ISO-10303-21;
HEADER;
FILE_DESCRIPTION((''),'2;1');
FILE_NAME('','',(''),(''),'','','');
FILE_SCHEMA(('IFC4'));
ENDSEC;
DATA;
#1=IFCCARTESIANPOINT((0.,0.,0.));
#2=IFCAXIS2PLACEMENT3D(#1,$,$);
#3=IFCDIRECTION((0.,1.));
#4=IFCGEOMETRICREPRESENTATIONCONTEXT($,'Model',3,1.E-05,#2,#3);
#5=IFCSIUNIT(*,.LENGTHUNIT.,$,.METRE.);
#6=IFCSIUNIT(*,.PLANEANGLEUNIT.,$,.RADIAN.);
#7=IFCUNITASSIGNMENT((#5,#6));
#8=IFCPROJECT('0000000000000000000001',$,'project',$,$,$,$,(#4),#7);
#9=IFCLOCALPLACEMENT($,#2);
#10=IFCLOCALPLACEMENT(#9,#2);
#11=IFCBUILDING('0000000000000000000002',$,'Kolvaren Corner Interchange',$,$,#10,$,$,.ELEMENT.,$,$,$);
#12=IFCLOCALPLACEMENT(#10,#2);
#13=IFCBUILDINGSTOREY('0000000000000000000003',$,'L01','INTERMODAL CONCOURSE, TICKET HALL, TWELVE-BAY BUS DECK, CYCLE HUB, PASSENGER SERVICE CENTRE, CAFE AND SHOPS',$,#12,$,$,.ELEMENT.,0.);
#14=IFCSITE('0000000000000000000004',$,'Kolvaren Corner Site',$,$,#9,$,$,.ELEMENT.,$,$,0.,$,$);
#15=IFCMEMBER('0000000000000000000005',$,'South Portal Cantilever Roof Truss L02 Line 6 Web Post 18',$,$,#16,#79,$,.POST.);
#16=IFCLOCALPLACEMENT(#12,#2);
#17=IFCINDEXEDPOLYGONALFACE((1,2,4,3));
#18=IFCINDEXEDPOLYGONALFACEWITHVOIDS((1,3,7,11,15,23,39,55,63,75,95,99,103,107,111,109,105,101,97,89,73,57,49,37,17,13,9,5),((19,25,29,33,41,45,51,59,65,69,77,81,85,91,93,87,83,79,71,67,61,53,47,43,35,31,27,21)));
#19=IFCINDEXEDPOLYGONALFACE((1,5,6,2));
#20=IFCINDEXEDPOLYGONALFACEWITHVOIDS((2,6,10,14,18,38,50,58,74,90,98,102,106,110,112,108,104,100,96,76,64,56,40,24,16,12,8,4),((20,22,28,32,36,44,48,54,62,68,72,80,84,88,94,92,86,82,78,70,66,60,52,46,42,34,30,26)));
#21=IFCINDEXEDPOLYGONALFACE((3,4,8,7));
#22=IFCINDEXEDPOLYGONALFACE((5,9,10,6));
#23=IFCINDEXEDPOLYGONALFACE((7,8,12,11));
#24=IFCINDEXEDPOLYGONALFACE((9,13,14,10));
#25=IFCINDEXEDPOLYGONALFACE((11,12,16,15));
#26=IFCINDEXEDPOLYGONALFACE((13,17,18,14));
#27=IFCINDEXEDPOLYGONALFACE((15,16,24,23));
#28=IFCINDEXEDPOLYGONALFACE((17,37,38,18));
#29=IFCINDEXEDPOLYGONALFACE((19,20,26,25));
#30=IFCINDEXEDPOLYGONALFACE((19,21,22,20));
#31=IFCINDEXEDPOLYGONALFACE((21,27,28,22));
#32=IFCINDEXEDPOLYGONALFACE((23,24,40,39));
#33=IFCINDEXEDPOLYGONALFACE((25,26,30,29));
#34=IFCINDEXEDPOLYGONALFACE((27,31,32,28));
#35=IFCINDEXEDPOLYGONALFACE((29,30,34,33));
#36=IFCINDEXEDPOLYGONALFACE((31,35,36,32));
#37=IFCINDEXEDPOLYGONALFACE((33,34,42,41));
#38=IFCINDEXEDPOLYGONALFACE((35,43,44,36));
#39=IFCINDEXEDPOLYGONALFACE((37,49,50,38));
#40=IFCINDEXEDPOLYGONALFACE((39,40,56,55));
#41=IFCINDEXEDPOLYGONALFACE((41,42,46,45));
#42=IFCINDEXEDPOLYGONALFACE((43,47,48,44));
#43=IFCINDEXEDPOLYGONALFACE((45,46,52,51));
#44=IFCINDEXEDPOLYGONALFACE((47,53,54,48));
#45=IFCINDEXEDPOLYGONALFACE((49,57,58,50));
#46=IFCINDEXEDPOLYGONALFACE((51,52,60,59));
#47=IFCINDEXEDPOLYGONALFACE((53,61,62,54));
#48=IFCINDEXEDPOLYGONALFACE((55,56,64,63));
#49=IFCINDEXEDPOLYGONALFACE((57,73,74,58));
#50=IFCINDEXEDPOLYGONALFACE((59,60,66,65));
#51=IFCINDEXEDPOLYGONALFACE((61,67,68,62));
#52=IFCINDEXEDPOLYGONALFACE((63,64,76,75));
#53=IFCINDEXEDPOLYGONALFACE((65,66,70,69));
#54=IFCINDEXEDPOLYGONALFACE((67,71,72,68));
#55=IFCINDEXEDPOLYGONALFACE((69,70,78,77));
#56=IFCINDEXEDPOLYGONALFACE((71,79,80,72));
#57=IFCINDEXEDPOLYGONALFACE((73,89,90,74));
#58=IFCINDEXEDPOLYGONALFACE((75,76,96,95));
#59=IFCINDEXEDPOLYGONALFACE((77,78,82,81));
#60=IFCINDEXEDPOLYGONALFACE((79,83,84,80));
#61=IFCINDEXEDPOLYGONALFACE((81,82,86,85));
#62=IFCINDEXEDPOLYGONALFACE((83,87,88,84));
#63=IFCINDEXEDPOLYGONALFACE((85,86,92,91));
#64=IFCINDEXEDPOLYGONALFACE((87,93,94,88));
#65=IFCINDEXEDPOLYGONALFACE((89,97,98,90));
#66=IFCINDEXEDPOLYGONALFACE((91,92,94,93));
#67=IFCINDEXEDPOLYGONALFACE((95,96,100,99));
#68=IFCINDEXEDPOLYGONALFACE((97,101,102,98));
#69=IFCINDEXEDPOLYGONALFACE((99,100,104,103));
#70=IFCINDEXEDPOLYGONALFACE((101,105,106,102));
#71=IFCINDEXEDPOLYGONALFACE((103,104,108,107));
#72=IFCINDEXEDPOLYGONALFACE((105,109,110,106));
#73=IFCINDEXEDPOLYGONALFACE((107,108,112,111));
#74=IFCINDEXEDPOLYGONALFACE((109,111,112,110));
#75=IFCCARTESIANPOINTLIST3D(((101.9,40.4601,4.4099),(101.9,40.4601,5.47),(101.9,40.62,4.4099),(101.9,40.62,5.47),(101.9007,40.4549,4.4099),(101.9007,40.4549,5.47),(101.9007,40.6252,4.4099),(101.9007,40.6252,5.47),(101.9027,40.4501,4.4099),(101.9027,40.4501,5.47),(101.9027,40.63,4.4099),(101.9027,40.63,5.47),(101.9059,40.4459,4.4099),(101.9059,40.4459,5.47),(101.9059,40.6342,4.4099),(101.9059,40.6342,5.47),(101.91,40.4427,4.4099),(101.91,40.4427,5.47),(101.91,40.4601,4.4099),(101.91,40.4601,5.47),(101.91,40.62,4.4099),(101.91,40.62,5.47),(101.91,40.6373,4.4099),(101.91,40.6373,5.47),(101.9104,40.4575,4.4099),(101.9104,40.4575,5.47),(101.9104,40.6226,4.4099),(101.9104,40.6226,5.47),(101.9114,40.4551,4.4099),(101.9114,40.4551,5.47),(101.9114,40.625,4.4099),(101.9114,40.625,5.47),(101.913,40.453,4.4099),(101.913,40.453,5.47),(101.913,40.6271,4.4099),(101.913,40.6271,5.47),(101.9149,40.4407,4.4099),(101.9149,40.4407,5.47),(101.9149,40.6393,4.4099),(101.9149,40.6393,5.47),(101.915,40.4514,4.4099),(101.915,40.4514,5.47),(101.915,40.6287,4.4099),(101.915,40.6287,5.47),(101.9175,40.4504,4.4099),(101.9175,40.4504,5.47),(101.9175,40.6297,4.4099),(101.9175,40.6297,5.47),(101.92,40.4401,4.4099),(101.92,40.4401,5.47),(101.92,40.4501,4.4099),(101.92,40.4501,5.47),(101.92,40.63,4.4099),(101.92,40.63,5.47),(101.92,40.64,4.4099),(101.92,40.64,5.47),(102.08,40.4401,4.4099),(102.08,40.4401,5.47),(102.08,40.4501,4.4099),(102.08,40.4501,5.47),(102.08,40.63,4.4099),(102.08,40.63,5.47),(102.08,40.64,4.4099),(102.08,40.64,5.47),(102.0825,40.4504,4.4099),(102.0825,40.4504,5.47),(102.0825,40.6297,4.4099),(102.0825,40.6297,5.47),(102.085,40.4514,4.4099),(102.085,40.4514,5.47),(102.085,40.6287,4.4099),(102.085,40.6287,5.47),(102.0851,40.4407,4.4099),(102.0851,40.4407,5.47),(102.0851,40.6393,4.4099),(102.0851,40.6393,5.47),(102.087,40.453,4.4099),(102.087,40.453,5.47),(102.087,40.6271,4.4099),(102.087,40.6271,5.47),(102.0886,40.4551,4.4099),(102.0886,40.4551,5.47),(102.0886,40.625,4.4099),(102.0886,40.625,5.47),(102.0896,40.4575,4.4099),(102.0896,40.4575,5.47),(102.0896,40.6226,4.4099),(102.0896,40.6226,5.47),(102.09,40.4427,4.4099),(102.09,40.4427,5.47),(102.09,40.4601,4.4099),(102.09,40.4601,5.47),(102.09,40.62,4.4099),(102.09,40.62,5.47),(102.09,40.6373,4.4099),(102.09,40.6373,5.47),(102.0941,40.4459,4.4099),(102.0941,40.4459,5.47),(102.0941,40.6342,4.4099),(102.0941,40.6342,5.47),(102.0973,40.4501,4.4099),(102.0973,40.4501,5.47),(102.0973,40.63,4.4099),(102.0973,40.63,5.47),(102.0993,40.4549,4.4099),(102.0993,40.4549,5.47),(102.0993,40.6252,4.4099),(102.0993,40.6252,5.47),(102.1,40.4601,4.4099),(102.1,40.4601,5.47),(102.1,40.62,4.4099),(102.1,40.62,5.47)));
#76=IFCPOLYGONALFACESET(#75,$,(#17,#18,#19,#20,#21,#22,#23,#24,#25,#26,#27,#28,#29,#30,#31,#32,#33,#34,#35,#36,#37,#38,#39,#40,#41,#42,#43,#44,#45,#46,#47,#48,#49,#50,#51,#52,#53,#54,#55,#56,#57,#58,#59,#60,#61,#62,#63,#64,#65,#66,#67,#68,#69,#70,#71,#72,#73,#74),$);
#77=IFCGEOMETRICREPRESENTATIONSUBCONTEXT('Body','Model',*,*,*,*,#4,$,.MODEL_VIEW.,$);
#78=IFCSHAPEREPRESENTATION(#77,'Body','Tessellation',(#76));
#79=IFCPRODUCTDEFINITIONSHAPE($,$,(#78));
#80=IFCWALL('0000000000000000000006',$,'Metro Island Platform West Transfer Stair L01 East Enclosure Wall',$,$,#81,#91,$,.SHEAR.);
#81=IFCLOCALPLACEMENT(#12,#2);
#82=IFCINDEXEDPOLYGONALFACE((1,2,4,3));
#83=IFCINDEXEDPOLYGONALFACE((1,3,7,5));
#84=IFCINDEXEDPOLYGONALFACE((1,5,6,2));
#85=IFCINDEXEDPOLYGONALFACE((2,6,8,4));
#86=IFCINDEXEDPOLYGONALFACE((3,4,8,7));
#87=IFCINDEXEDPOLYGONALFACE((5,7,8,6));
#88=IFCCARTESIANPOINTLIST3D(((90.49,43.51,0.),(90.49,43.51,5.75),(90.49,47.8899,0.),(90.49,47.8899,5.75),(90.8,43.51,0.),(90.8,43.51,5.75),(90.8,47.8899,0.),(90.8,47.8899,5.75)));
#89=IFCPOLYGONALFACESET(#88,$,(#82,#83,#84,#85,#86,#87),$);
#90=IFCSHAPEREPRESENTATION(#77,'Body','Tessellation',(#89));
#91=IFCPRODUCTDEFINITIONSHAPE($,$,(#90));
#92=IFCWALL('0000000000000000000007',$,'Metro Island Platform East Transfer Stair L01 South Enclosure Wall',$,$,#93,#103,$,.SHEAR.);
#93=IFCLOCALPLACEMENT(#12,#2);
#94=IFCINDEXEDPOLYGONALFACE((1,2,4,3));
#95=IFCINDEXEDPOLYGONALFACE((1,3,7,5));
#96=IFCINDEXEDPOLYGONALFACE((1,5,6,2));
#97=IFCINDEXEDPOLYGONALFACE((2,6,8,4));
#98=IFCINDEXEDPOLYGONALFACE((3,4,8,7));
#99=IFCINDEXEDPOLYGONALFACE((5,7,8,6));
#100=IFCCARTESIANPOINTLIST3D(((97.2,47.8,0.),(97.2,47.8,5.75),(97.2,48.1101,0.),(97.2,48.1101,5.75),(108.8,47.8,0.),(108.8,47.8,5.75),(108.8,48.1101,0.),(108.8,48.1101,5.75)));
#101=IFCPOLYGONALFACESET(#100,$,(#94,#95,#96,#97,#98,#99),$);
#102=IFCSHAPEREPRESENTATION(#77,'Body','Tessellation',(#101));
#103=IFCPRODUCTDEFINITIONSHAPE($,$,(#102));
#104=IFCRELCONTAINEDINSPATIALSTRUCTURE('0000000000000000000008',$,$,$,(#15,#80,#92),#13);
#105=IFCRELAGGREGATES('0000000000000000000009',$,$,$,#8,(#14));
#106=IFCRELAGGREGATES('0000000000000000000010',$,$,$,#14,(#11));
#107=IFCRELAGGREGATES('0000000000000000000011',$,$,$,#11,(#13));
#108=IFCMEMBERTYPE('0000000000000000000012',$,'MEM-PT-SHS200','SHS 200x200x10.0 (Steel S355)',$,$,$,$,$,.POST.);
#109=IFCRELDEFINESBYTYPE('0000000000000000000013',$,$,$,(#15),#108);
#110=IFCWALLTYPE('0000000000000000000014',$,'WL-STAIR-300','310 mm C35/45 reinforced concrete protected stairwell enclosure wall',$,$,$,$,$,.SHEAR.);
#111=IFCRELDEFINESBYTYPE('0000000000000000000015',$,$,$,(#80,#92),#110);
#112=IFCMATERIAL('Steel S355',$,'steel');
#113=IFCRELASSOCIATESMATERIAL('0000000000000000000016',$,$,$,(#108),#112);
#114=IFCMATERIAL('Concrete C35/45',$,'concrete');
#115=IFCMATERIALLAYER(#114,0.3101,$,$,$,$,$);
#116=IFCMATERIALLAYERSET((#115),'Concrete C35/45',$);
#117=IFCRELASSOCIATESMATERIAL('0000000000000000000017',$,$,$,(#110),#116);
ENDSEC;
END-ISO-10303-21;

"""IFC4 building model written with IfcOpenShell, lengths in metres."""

from ifc_helpers import new_model, si_unit, direction, frame, frame_2d, origin, origin_2d, place, context, subcontext, project, spatial, rectangle, hollow_rectangle, extrude, material, layer, layer_set, material_profile, profile_set, type_object, element, save


model = new_model("IFC4")

# Units and contexts
model_context = context("Model", 3, precision=1e-05, world=origin(), true_north=direction((0.0, 1.0)))
body_context = subcontext(model_context, "Body", "Model", "MODEL_VIEW")
ifc_project = project(units=[si_unit("LENGTHUNIT", "METRE"), si_unit("PLANEANGLEUNIT", "RADIAN")], contexts=[model_context])

# Site, building, storey
site_placement = place(None, origin())
site = spatial("IfcSite", under=ifc_project, at=site_placement, Name="Kolvaren Corner Site", CompositionType="ELEMENT", RefElevation=0.0)
building_placement = place(site_placement, origin())
building = spatial("IfcBuilding", under=site, at=building_placement, Name="Kolvaren Corner Interchange", CompositionType="ELEMENT")
storey_placement = place(building_placement, origin())
storey = spatial("IfcBuildingStorey", under=building, at=storey_placement, Name="L01", Description="INTERMODAL CONCOURSE, TICKET HALL, TWELVE-BAY BUS DECK, CYCLE HUB, PASSENGER SERVICE CENTRE, CAFE AND SHOPS", CompositionType="ELEMENT", Elevation=0.0)

# Member
ifc_material_1 = material(Name="Steel S355", Category="steel")
ifc_material_profile_1 = material_profile(ifc_material_1, hollow_rectangle(XDim=0.2, YDim=0.2, WallThickness=0.01, InnerFilletRadius=0.01, OuterFilletRadius=0.02, at=origin_2d()), Name="SHS 200x200x10.0")
ifc_profile_set_1 = profile_set([ifc_material_profile_1], Name="Steel S355")
member_type_1 = type_object("IfcMemberType", Name="MEM-PT-SHS200", Description="SHS 200x200x10.0 (Steel S355)", PredefinedType="POST", material=ifc_profile_set_1)
for number, where, z_axis, x_axis, name in (
    (1, (102.0, 40.54, 4.4099), (0.0, 0.0, 1.0), (1.0, 0.0, 0.0), "South Portal Cantilever Roof Truss L02 Line 6 Web Post 18"),
):
    element("IfcMember", number, at=place(storey_placement, frame(where, z_axis=z_axis, x_axis=x_axis)), inside=storey, type_object=member_type_1, Name=name, PredefinedType="POST", context=body_context, shape_type="SweptSolid", body=[
        extrude(hollow_rectangle(XDim=0.2, YDim=0.2, WallThickness=0.01, InnerFilletRadius=0.01, OuterFilletRadius=0.02, at=origin_2d()), origin(), (0.0, 0.0, 1.0), 1.0601),
    ])

# Walls
ifc_material_2 = material(Name="Concrete C35/45", Category="concrete")
ifc_layer = layer(ifc_material_2, 0.3101)
ifc_layer_set = layer_set([ifc_layer], Name="Concrete C35/45")
wall_type = type_object("IfcWallType", Name="WL-STAIR-300", Description="310 mm C35/45 reinforced concrete protected stairwell enclosure wall", PredefinedType="SHEAR", material=ifc_layer_set)
wall_1_placement = place(storey_placement, frame((90.645, 43.51, 0.0), z_axis=(0.0, 0.0, 1.0), x_axis=(0.0, 1.0, 0.0)))
element("IfcWall", 2, at=wall_1_placement, inside=storey, type_object=wall_type, Name="Metro Island Platform West Transfer Stair L01 East Enclosure Wall", PredefinedType="SHEAR", context=body_context, shape_type="SweptSolid", body=[
    extrude(rectangle(XDim=4.3799, YDim=0.3101, at=frame_2d((2.1899, 0.0))), origin(), (0.0, 0.0, 1.0), 5.75),
])
wall_2_placement = place(storey_placement, frame((97.2, 47.9551, 0.0), z_axis=(0.0, 0.0, 1.0), x_axis=(1.0, 0.0, 0.0)))
element("IfcWall", 3, at=wall_2_placement, inside=storey, type_object=wall_type, Name="Metro Island Platform East Transfer Stair L01 South Enclosure Wall", PredefinedType="SHEAR", context=body_context, shape_type="SweptSolid", body=[
    extrude(rectangle(XDim=11.6001, YDim=0.3101, at=frame_2d((5.8, 0.0))), origin(), (0.0, 0.0, 1.0), 5.75),
])

save(model, "model.ifc")
